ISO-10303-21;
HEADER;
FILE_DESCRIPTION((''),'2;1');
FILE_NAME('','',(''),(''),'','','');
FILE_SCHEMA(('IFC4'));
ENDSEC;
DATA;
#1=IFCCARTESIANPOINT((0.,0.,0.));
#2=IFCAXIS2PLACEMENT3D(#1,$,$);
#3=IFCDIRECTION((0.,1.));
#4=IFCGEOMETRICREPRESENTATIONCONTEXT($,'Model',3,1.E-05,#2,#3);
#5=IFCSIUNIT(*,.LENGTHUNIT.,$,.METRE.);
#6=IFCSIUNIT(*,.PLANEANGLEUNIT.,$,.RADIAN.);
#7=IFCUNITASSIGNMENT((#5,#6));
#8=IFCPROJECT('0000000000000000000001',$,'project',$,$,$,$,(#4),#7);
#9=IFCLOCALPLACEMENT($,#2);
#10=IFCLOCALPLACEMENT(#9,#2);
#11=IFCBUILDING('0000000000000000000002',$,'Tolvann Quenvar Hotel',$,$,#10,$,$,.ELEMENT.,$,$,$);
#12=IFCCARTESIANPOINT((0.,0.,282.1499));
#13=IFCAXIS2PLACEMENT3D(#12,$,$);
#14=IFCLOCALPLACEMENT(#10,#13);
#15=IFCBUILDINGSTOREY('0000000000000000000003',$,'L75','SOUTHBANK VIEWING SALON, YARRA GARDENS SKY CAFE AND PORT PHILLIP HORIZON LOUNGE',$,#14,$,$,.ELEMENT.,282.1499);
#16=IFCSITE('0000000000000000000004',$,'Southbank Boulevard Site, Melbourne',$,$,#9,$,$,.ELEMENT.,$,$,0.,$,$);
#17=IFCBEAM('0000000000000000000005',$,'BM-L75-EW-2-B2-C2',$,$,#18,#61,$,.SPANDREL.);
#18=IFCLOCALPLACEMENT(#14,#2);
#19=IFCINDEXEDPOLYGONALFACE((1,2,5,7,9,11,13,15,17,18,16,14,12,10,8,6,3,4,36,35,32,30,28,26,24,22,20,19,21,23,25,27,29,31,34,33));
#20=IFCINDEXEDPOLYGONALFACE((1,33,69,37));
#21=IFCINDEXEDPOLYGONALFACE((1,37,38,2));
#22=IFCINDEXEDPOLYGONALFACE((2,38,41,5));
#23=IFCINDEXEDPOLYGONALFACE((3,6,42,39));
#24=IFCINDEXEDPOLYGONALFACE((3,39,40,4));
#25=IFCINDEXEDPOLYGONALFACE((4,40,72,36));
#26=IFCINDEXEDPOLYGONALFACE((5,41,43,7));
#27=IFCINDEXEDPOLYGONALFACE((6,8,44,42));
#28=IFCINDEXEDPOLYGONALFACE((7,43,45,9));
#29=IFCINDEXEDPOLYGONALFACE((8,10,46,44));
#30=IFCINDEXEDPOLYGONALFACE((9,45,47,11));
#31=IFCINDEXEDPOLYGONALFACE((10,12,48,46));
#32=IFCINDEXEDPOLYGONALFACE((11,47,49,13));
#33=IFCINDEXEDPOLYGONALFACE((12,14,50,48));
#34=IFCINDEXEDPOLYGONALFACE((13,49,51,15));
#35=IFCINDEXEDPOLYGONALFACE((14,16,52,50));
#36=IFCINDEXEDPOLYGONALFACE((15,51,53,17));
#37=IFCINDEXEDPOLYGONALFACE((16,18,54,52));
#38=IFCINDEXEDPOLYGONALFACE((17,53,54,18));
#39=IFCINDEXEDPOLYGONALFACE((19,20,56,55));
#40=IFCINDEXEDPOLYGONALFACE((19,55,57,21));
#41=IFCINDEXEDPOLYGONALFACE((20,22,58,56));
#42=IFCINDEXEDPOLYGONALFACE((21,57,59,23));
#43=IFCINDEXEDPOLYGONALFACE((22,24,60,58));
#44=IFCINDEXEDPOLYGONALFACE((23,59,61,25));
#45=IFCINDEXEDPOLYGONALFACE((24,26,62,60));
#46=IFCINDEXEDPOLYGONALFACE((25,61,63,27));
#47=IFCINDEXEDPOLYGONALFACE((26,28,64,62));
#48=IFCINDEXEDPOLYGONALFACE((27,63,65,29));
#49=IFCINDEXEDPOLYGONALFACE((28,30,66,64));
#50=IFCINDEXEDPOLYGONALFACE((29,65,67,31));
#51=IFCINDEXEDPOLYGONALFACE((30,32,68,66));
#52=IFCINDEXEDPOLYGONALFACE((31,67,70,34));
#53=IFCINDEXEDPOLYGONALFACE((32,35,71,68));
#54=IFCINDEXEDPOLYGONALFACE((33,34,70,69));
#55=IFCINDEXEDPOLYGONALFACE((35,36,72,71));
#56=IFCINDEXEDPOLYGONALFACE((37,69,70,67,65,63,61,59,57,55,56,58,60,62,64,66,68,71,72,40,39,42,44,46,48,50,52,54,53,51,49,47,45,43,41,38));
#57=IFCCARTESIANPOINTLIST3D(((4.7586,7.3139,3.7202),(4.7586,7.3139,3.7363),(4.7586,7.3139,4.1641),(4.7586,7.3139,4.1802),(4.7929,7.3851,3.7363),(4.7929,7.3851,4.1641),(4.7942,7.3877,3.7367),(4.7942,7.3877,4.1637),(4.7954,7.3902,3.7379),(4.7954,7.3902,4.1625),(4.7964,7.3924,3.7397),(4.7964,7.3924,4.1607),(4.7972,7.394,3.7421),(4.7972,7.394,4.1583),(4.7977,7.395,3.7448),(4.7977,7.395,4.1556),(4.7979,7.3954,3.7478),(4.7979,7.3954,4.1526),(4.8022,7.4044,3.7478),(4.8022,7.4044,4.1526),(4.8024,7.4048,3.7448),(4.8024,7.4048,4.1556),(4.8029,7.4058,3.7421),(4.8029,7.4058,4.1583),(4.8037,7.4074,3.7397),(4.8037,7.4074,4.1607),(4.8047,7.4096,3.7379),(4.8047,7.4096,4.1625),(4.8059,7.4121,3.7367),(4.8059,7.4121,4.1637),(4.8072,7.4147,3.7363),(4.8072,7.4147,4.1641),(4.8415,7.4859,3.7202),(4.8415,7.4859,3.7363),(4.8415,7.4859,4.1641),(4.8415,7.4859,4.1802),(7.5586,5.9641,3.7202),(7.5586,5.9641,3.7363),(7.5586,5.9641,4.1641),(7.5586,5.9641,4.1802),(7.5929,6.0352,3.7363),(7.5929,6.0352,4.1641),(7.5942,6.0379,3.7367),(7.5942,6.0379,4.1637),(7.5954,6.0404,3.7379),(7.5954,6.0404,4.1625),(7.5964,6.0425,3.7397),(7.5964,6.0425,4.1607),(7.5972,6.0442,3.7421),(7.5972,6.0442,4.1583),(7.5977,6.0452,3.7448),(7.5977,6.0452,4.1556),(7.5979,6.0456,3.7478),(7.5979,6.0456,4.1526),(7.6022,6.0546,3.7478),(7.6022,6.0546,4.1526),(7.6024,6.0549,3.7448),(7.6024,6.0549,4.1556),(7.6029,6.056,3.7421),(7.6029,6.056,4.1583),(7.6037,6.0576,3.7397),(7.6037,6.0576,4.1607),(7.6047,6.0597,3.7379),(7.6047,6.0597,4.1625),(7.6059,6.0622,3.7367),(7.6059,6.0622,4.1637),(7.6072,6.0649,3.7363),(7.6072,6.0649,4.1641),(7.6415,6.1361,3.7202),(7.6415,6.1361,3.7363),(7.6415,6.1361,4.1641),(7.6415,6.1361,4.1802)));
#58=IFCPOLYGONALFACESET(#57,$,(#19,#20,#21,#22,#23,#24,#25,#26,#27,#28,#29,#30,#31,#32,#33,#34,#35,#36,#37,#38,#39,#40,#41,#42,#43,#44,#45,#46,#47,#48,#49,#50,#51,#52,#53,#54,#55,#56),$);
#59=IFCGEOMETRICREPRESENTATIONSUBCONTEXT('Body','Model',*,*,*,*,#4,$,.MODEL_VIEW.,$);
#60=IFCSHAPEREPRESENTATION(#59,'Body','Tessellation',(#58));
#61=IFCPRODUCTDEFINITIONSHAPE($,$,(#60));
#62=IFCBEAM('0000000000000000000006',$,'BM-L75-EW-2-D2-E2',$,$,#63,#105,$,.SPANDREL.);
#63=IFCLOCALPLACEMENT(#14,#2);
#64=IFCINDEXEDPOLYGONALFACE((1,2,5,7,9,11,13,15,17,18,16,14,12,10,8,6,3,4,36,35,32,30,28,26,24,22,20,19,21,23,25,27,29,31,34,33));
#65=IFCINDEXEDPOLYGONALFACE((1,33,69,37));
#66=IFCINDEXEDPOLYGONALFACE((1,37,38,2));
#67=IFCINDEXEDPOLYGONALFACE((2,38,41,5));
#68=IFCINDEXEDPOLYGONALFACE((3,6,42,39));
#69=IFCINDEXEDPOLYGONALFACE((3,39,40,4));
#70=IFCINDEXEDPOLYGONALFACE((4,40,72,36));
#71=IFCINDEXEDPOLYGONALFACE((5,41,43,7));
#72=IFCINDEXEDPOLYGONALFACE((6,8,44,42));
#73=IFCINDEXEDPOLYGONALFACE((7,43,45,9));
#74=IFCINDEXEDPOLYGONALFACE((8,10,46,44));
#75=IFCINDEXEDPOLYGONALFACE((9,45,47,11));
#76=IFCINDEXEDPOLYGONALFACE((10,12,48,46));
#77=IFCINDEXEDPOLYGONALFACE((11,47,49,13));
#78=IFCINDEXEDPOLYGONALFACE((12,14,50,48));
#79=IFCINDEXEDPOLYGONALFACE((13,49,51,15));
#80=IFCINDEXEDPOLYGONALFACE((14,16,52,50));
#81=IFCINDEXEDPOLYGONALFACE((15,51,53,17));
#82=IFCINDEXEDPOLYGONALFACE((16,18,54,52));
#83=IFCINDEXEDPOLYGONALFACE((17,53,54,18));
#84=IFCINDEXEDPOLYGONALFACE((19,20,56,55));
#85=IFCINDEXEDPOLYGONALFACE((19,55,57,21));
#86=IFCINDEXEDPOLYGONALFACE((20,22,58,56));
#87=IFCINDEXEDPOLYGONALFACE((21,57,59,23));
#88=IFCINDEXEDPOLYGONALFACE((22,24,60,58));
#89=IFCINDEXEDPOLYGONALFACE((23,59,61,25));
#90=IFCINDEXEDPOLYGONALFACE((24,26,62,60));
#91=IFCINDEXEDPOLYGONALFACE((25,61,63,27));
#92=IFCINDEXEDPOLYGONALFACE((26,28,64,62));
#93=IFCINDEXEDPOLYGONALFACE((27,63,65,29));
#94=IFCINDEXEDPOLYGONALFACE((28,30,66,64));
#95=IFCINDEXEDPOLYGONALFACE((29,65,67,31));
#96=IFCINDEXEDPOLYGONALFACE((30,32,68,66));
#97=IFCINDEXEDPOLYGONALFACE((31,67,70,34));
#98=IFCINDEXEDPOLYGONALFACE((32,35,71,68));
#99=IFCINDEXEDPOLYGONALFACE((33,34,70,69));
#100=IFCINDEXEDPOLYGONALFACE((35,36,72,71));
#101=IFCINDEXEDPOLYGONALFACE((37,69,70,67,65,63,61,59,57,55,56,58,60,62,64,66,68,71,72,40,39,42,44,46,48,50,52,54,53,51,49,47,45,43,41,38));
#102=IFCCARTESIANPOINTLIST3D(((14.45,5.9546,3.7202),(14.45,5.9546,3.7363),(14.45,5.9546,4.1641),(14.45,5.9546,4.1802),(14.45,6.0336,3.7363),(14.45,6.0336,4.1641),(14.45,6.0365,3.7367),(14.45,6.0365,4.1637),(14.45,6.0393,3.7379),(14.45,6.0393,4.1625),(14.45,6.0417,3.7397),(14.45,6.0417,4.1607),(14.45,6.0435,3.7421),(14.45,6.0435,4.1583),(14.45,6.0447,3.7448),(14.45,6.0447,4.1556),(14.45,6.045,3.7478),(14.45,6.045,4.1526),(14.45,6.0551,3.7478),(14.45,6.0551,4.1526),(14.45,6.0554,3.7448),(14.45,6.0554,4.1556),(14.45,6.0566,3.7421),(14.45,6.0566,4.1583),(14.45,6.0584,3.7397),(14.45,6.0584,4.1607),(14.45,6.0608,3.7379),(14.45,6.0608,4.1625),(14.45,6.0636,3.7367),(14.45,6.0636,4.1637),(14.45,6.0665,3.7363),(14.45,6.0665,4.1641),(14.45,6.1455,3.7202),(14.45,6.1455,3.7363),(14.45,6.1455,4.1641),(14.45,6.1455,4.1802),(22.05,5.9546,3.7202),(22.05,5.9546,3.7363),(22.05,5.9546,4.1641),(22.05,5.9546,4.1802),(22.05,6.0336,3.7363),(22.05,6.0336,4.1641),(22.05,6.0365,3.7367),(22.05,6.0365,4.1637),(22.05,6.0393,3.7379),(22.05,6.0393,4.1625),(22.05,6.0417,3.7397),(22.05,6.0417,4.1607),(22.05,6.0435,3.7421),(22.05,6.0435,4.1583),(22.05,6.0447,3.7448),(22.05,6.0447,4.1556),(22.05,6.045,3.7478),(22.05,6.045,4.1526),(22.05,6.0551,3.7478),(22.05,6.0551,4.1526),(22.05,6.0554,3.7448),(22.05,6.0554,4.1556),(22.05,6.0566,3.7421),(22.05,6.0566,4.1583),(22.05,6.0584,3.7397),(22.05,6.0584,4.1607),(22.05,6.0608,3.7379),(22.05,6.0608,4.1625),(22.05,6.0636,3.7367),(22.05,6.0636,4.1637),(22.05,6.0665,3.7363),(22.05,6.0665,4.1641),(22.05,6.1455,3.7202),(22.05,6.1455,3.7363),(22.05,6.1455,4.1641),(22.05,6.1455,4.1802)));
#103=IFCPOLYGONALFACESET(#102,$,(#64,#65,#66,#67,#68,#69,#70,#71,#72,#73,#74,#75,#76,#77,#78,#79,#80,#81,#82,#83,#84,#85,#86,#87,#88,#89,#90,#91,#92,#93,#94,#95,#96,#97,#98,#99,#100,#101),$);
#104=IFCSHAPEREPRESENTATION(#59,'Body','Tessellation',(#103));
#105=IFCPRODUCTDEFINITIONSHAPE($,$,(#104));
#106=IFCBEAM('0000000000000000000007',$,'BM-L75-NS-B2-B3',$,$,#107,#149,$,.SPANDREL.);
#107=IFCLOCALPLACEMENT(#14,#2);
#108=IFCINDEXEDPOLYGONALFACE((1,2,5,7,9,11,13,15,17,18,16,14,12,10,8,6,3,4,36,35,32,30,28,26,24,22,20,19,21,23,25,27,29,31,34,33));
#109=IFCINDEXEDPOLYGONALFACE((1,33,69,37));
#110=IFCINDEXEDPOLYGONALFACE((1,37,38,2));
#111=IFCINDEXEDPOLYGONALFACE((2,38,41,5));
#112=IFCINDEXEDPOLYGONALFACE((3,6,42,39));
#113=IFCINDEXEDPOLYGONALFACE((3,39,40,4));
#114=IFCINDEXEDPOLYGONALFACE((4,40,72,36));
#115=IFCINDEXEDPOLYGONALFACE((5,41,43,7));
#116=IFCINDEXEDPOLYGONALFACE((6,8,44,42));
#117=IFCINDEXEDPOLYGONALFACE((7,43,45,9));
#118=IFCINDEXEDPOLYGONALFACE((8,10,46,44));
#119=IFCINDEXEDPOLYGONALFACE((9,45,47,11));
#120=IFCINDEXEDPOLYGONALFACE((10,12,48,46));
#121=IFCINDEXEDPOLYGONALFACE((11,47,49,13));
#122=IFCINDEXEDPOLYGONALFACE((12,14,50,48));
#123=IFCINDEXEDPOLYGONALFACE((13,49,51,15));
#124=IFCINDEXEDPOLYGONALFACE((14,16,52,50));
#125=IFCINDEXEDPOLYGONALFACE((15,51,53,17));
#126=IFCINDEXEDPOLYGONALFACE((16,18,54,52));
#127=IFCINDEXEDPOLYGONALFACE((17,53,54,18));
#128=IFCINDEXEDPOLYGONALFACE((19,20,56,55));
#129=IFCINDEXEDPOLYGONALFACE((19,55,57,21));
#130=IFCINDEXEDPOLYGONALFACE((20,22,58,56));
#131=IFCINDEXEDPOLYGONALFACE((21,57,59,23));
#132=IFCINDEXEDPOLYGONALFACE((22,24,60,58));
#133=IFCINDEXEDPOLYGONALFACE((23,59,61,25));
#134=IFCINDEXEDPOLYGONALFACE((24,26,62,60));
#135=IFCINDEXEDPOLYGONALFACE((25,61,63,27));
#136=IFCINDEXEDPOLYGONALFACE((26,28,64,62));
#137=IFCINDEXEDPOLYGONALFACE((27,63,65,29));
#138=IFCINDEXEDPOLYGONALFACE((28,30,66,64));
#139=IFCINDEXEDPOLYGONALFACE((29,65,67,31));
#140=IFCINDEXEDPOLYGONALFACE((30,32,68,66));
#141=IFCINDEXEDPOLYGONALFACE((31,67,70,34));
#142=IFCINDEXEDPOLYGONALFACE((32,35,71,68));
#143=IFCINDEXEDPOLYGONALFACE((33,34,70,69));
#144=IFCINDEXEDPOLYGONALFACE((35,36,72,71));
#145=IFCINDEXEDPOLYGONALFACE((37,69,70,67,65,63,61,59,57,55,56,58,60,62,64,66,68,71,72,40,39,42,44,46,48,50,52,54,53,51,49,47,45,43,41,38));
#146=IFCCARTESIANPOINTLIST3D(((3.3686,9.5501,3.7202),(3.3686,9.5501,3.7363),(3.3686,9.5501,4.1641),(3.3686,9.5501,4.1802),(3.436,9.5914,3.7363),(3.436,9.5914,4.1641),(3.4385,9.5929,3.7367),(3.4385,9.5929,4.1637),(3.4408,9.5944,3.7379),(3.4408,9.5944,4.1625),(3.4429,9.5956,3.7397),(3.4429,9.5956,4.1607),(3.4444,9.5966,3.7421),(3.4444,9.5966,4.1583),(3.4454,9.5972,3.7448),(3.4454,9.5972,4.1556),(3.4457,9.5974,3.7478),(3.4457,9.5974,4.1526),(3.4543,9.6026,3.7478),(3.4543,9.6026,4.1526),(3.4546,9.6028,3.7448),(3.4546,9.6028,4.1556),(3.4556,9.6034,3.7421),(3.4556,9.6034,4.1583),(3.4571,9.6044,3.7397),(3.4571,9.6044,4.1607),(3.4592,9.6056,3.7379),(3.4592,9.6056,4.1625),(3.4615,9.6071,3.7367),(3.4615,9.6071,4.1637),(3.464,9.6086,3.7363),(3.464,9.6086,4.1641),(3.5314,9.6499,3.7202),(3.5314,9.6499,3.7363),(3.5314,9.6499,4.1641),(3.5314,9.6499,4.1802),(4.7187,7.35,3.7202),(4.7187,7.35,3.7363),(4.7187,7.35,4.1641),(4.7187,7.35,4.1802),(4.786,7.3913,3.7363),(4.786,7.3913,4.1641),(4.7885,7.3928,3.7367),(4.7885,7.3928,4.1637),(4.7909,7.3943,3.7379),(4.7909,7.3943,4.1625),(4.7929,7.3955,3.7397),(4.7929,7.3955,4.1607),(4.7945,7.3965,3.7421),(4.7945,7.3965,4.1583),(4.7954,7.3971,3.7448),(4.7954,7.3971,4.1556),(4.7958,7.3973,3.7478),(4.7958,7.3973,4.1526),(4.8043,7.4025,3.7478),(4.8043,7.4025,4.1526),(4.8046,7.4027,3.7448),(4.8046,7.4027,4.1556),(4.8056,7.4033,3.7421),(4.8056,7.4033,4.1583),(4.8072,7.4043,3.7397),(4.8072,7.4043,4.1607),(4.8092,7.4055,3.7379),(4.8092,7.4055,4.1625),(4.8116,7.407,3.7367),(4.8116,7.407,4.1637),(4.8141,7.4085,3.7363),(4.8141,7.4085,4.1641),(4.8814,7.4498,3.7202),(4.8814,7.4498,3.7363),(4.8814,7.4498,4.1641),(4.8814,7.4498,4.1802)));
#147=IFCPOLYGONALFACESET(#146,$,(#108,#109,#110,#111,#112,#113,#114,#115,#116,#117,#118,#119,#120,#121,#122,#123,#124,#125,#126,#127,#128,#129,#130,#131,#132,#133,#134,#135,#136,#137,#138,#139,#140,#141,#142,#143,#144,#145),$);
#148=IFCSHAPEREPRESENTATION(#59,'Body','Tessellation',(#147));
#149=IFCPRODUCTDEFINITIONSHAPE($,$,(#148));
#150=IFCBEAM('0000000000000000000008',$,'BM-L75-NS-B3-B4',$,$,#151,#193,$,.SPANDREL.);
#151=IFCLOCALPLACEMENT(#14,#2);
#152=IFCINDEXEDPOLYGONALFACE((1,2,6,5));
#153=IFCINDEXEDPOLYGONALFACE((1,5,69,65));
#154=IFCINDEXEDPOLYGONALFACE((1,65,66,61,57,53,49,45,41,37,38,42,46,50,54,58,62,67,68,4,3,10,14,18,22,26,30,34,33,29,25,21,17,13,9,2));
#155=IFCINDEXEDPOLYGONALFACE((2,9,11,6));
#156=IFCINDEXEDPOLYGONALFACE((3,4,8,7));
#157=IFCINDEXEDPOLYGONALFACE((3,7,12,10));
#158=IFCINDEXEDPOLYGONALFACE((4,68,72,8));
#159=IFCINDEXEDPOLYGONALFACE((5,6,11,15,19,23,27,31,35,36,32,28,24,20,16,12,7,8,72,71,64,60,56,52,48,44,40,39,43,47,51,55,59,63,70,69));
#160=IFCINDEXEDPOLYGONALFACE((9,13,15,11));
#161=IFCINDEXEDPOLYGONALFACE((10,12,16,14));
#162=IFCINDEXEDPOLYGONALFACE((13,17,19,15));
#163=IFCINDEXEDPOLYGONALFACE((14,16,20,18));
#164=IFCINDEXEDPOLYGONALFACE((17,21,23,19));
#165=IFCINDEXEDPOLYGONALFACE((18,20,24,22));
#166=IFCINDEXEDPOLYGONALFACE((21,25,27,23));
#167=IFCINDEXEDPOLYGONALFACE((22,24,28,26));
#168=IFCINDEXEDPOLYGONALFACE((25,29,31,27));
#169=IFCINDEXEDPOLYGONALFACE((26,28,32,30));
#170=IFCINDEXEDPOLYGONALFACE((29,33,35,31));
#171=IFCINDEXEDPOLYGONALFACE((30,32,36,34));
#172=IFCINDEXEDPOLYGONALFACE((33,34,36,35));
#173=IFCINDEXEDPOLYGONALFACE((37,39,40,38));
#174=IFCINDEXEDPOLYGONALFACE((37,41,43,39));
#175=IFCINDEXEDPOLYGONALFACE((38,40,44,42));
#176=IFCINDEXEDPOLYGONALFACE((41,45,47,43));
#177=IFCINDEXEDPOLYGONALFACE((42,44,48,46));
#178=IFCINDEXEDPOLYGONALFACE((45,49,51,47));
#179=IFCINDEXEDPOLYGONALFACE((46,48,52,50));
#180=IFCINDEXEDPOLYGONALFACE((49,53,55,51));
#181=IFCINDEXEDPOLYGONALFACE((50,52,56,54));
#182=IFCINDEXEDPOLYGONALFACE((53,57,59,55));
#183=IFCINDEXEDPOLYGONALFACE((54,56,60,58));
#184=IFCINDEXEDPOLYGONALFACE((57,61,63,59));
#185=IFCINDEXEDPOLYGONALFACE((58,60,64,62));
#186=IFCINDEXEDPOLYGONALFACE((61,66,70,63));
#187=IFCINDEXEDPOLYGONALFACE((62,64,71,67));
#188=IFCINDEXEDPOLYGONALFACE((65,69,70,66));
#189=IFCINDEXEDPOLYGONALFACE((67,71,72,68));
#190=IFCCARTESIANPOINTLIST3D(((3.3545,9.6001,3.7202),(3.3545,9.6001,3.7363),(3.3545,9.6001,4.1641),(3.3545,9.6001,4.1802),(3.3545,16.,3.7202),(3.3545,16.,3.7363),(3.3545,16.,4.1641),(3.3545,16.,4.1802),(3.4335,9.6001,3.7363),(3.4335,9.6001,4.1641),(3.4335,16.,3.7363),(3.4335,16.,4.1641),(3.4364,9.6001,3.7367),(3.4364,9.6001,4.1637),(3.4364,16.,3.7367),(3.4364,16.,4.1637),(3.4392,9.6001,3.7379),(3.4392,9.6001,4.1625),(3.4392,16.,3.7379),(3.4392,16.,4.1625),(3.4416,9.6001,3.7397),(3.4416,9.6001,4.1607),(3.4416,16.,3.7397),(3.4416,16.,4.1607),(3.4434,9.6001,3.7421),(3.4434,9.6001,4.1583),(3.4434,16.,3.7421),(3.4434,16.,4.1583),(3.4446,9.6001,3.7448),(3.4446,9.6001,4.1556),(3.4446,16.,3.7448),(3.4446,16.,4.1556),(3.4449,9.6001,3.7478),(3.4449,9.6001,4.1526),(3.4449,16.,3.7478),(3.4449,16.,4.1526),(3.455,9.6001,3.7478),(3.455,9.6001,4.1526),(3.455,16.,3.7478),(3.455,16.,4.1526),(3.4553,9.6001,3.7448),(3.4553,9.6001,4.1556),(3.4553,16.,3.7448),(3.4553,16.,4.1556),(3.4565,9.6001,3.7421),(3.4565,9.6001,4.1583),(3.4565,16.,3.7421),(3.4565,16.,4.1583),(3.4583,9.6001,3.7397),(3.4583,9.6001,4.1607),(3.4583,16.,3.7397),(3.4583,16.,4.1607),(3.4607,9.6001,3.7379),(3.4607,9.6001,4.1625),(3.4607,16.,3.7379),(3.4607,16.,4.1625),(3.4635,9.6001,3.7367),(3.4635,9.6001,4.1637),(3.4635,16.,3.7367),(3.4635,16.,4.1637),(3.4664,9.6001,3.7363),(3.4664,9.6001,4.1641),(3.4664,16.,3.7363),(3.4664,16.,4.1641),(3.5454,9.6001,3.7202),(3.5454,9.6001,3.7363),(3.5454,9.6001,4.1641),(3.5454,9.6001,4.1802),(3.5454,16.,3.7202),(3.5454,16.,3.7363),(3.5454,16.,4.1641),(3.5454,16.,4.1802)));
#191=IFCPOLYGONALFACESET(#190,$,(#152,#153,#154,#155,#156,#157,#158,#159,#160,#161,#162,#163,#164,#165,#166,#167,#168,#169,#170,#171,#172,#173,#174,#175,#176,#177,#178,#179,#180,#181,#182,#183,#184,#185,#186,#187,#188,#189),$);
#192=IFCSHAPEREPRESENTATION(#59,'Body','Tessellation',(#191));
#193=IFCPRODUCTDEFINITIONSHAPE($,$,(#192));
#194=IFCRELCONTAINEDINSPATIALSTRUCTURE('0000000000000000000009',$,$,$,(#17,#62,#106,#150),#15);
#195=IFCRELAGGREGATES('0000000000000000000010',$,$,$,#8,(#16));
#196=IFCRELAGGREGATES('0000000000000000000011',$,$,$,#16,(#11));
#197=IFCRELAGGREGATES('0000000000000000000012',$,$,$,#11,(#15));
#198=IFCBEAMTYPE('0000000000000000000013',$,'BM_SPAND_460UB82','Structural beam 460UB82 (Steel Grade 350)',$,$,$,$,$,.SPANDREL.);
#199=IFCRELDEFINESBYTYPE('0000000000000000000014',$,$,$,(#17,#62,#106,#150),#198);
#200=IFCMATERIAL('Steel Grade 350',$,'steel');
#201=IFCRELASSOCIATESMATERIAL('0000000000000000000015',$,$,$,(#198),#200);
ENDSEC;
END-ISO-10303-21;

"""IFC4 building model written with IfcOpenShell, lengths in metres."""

from ifc_helpers import new_model, si_unit, direction, frame, origin, origin_2d, place, context, subcontext, project, spatial, i_section, extrude, source, transform, mapped, material, material_profile, profile_set, type_object, element, save


model = new_model("IFC4")

# Units and contexts
model_context = context("Model", 3, precision=1e-05, world=origin(), true_north=direction((0.0, 1.0)))
body_context = subcontext(model_context, "Body", "Model", "MODEL_VIEW")
ifc_project = project(units=[si_unit("LENGTHUNIT", "METRE"), si_unit("PLANEANGLEUNIT", "RADIAN")], contexts=[model_context])

# Site, building, storey
site_placement = place(None, origin())
site = spatial("IfcSite", under=ifc_project, at=site_placement, Name="Southbank Boulevard Site, Melbourne", CompositionType="ELEMENT", RefElevation=0.0)
building_placement = place(site_placement, origin())
building = spatial("IfcBuilding", under=site, at=building_placement, Name="Tolvann Quenvar Hotel", CompositionType="ELEMENT")
storey_placement = place(building_placement, frame((0.0, 0.0, 282.1499)))
storey = spatial("IfcBuildingStorey", under=building, at=storey_placement, Name="L75", Description="SOUTHBANK VIEWING SALON, YARRA GARDENS SKY CAFE AND PORT PHILLIP HORIZON LOUNGE", CompositionType="ELEMENT", Elevation=282.1499)

# Shared definitions
ifc_material_1 = material(Name="Steel Grade 350", Category="steel")

# Beams
ifc_material_profile_1 = material_profile(ifc_material_1, i_section(OverallWidth=0.1909, OverallDepth=0.46, WebThickness=0.01, FlangeThickness=0.0161, FilletRadius=0.0115, at=origin_2d()), Name="460UB82")
ifc_profile_set_1 = profile_set([ifc_material_profile_1], Name="Steel Grade 350")
beam_type_1 = type_object("IfcBeamType", Name="BM_SPAND_460UB82", Description="Structural beam 460UB82 (Steel Grade 350)", PredefinedType="SPANDREL", material=ifc_profile_set_1)
shared_shape_1 = source(origin(), body_context, "Body", "SweptSolid", [
    extrude(i_section(OverallWidth=0.1909, OverallDepth=0.46, WebThickness=0.01, FlangeThickness=0.0161, FilletRadius=0.0115, at=origin_2d()), origin(), (0.0, 0.0, 1.0), 3.1084),
])
beam_1_placement = place(storey_placement, frame((4.8, 7.3999, 3.9502), z_axis=(0.90079, -0.434255, 0.0), x_axis=(0.434255, 0.90079, 0.0)))
element("IfcBeam", 1, at=beam_1_placement, inside=storey, type_object=beam_type_1, Name="BM-L75-EW-2-B2-C2", PredefinedType="SPANDREL", context=body_context, shape_type="MappedRepresentation", body=[
    mapped(shared_shape_1, transform((0.0, 0.0, 0.0), x_axis=(1.0, 0.0, 0.0), y_axis=(0.0, 1.0, 0.0), z_axis=(0.0, 0.0, 1.0), scale=1.0)),
])
shared_shape_2 = source(origin(), body_context, "Body", "SweptSolid", [
    extrude(i_section(OverallWidth=0.1909, OverallDepth=0.46, WebThickness=0.01, FlangeThickness=0.0161, FilletRadius=0.0115, at=origin_2d()), origin(), (0.0, 0.0, 1.0), 7.6001),
])
beam_2_placement = place(storey_placement, frame((14.45, 6.05, 3.9502), z_axis=(1.0, 0.0, 0.0), x_axis=(0.0, 1.0, 0.0)))
element("IfcBeam", 2, at=beam_2_placement, inside=storey, type_object=beam_type_1, Name="BM-L75-EW-2-D2-E2", PredefinedType="SPANDREL", context=body_context, shape_type="MappedRepresentation", body=[
    mapped(shared_shape_2, transform((0.0, 0.0, 0.0), x_axis=(1.0, 0.0, 0.0), y_axis=(0.0, 1.0, 0.0), z_axis=(0.0, 0.0, 1.0), scale=1.0)),
])
shared_shape_3 = source(origin(), body_context, "Body", "SweptSolid", [
    extrude(i_section(OverallWidth=0.1909, OverallDepth=0.46, WebThickness=0.01, FlangeThickness=0.0161, FilletRadius=0.0115, at=origin_2d()), origin(), (0.0, 0.0, 1.0), 2.5813),
])
beam_3_placement = place(storey_placement, frame((4.8, 7.3999, 3.9502), z_axis=(-0.52301, 0.852327, 0.0), x_axis=(-0.852327, -0.52301, 0.0)))
element("IfcBeam", 3, at=beam_3_placement, inside=storey, type_object=beam_type_1, Name="BM-L75-NS-B2-B3", PredefinedType="SPANDREL", context=body_context, shape_type="MappedRepresentation", body=[
    mapped(shared_shape_3, transform((0.0, 0.0, 0.0), x_axis=(1.0, 0.0, 0.0), y_axis=(0.0, 1.0, 0.0), z_axis=(0.0, 0.0, 1.0), scale=1.0)),
])
shared_shape_4 = source(origin(), body_context, "Body", "SweptSolid", [
    extrude(i_section(OverallWidth=0.1909, OverallDepth=0.46, WebThickness=0.01, FlangeThickness=0.0161, FilletRadius=0.0115, at=origin_2d()), origin(), (0.0, 0.0, 1.0), 6.3999),
])
beam_4_placement = place(storey_placement, frame((3.45, 9.6001, 3.9502), z_axis=(0.0, 1.0, 0.0), x_axis=(-1.0, 0.0, 0.0)))
element("IfcBeam", 4, at=beam_4_placement, inside=storey, type_object=beam_type_1, Name="BM-L75-NS-B3-B4", PredefinedType="SPANDREL", context=body_context, shape_type="MappedRepresentation", body=[
    mapped(shared_shape_4, transform((0.0, 0.0, 0.0), x_axis=(1.0, 0.0, 0.0), y_axis=(0.0, 1.0, 0.0), z_axis=(0.0, 0.0, 1.0), scale=1.0)),
])

save(model, "model.ifc")
